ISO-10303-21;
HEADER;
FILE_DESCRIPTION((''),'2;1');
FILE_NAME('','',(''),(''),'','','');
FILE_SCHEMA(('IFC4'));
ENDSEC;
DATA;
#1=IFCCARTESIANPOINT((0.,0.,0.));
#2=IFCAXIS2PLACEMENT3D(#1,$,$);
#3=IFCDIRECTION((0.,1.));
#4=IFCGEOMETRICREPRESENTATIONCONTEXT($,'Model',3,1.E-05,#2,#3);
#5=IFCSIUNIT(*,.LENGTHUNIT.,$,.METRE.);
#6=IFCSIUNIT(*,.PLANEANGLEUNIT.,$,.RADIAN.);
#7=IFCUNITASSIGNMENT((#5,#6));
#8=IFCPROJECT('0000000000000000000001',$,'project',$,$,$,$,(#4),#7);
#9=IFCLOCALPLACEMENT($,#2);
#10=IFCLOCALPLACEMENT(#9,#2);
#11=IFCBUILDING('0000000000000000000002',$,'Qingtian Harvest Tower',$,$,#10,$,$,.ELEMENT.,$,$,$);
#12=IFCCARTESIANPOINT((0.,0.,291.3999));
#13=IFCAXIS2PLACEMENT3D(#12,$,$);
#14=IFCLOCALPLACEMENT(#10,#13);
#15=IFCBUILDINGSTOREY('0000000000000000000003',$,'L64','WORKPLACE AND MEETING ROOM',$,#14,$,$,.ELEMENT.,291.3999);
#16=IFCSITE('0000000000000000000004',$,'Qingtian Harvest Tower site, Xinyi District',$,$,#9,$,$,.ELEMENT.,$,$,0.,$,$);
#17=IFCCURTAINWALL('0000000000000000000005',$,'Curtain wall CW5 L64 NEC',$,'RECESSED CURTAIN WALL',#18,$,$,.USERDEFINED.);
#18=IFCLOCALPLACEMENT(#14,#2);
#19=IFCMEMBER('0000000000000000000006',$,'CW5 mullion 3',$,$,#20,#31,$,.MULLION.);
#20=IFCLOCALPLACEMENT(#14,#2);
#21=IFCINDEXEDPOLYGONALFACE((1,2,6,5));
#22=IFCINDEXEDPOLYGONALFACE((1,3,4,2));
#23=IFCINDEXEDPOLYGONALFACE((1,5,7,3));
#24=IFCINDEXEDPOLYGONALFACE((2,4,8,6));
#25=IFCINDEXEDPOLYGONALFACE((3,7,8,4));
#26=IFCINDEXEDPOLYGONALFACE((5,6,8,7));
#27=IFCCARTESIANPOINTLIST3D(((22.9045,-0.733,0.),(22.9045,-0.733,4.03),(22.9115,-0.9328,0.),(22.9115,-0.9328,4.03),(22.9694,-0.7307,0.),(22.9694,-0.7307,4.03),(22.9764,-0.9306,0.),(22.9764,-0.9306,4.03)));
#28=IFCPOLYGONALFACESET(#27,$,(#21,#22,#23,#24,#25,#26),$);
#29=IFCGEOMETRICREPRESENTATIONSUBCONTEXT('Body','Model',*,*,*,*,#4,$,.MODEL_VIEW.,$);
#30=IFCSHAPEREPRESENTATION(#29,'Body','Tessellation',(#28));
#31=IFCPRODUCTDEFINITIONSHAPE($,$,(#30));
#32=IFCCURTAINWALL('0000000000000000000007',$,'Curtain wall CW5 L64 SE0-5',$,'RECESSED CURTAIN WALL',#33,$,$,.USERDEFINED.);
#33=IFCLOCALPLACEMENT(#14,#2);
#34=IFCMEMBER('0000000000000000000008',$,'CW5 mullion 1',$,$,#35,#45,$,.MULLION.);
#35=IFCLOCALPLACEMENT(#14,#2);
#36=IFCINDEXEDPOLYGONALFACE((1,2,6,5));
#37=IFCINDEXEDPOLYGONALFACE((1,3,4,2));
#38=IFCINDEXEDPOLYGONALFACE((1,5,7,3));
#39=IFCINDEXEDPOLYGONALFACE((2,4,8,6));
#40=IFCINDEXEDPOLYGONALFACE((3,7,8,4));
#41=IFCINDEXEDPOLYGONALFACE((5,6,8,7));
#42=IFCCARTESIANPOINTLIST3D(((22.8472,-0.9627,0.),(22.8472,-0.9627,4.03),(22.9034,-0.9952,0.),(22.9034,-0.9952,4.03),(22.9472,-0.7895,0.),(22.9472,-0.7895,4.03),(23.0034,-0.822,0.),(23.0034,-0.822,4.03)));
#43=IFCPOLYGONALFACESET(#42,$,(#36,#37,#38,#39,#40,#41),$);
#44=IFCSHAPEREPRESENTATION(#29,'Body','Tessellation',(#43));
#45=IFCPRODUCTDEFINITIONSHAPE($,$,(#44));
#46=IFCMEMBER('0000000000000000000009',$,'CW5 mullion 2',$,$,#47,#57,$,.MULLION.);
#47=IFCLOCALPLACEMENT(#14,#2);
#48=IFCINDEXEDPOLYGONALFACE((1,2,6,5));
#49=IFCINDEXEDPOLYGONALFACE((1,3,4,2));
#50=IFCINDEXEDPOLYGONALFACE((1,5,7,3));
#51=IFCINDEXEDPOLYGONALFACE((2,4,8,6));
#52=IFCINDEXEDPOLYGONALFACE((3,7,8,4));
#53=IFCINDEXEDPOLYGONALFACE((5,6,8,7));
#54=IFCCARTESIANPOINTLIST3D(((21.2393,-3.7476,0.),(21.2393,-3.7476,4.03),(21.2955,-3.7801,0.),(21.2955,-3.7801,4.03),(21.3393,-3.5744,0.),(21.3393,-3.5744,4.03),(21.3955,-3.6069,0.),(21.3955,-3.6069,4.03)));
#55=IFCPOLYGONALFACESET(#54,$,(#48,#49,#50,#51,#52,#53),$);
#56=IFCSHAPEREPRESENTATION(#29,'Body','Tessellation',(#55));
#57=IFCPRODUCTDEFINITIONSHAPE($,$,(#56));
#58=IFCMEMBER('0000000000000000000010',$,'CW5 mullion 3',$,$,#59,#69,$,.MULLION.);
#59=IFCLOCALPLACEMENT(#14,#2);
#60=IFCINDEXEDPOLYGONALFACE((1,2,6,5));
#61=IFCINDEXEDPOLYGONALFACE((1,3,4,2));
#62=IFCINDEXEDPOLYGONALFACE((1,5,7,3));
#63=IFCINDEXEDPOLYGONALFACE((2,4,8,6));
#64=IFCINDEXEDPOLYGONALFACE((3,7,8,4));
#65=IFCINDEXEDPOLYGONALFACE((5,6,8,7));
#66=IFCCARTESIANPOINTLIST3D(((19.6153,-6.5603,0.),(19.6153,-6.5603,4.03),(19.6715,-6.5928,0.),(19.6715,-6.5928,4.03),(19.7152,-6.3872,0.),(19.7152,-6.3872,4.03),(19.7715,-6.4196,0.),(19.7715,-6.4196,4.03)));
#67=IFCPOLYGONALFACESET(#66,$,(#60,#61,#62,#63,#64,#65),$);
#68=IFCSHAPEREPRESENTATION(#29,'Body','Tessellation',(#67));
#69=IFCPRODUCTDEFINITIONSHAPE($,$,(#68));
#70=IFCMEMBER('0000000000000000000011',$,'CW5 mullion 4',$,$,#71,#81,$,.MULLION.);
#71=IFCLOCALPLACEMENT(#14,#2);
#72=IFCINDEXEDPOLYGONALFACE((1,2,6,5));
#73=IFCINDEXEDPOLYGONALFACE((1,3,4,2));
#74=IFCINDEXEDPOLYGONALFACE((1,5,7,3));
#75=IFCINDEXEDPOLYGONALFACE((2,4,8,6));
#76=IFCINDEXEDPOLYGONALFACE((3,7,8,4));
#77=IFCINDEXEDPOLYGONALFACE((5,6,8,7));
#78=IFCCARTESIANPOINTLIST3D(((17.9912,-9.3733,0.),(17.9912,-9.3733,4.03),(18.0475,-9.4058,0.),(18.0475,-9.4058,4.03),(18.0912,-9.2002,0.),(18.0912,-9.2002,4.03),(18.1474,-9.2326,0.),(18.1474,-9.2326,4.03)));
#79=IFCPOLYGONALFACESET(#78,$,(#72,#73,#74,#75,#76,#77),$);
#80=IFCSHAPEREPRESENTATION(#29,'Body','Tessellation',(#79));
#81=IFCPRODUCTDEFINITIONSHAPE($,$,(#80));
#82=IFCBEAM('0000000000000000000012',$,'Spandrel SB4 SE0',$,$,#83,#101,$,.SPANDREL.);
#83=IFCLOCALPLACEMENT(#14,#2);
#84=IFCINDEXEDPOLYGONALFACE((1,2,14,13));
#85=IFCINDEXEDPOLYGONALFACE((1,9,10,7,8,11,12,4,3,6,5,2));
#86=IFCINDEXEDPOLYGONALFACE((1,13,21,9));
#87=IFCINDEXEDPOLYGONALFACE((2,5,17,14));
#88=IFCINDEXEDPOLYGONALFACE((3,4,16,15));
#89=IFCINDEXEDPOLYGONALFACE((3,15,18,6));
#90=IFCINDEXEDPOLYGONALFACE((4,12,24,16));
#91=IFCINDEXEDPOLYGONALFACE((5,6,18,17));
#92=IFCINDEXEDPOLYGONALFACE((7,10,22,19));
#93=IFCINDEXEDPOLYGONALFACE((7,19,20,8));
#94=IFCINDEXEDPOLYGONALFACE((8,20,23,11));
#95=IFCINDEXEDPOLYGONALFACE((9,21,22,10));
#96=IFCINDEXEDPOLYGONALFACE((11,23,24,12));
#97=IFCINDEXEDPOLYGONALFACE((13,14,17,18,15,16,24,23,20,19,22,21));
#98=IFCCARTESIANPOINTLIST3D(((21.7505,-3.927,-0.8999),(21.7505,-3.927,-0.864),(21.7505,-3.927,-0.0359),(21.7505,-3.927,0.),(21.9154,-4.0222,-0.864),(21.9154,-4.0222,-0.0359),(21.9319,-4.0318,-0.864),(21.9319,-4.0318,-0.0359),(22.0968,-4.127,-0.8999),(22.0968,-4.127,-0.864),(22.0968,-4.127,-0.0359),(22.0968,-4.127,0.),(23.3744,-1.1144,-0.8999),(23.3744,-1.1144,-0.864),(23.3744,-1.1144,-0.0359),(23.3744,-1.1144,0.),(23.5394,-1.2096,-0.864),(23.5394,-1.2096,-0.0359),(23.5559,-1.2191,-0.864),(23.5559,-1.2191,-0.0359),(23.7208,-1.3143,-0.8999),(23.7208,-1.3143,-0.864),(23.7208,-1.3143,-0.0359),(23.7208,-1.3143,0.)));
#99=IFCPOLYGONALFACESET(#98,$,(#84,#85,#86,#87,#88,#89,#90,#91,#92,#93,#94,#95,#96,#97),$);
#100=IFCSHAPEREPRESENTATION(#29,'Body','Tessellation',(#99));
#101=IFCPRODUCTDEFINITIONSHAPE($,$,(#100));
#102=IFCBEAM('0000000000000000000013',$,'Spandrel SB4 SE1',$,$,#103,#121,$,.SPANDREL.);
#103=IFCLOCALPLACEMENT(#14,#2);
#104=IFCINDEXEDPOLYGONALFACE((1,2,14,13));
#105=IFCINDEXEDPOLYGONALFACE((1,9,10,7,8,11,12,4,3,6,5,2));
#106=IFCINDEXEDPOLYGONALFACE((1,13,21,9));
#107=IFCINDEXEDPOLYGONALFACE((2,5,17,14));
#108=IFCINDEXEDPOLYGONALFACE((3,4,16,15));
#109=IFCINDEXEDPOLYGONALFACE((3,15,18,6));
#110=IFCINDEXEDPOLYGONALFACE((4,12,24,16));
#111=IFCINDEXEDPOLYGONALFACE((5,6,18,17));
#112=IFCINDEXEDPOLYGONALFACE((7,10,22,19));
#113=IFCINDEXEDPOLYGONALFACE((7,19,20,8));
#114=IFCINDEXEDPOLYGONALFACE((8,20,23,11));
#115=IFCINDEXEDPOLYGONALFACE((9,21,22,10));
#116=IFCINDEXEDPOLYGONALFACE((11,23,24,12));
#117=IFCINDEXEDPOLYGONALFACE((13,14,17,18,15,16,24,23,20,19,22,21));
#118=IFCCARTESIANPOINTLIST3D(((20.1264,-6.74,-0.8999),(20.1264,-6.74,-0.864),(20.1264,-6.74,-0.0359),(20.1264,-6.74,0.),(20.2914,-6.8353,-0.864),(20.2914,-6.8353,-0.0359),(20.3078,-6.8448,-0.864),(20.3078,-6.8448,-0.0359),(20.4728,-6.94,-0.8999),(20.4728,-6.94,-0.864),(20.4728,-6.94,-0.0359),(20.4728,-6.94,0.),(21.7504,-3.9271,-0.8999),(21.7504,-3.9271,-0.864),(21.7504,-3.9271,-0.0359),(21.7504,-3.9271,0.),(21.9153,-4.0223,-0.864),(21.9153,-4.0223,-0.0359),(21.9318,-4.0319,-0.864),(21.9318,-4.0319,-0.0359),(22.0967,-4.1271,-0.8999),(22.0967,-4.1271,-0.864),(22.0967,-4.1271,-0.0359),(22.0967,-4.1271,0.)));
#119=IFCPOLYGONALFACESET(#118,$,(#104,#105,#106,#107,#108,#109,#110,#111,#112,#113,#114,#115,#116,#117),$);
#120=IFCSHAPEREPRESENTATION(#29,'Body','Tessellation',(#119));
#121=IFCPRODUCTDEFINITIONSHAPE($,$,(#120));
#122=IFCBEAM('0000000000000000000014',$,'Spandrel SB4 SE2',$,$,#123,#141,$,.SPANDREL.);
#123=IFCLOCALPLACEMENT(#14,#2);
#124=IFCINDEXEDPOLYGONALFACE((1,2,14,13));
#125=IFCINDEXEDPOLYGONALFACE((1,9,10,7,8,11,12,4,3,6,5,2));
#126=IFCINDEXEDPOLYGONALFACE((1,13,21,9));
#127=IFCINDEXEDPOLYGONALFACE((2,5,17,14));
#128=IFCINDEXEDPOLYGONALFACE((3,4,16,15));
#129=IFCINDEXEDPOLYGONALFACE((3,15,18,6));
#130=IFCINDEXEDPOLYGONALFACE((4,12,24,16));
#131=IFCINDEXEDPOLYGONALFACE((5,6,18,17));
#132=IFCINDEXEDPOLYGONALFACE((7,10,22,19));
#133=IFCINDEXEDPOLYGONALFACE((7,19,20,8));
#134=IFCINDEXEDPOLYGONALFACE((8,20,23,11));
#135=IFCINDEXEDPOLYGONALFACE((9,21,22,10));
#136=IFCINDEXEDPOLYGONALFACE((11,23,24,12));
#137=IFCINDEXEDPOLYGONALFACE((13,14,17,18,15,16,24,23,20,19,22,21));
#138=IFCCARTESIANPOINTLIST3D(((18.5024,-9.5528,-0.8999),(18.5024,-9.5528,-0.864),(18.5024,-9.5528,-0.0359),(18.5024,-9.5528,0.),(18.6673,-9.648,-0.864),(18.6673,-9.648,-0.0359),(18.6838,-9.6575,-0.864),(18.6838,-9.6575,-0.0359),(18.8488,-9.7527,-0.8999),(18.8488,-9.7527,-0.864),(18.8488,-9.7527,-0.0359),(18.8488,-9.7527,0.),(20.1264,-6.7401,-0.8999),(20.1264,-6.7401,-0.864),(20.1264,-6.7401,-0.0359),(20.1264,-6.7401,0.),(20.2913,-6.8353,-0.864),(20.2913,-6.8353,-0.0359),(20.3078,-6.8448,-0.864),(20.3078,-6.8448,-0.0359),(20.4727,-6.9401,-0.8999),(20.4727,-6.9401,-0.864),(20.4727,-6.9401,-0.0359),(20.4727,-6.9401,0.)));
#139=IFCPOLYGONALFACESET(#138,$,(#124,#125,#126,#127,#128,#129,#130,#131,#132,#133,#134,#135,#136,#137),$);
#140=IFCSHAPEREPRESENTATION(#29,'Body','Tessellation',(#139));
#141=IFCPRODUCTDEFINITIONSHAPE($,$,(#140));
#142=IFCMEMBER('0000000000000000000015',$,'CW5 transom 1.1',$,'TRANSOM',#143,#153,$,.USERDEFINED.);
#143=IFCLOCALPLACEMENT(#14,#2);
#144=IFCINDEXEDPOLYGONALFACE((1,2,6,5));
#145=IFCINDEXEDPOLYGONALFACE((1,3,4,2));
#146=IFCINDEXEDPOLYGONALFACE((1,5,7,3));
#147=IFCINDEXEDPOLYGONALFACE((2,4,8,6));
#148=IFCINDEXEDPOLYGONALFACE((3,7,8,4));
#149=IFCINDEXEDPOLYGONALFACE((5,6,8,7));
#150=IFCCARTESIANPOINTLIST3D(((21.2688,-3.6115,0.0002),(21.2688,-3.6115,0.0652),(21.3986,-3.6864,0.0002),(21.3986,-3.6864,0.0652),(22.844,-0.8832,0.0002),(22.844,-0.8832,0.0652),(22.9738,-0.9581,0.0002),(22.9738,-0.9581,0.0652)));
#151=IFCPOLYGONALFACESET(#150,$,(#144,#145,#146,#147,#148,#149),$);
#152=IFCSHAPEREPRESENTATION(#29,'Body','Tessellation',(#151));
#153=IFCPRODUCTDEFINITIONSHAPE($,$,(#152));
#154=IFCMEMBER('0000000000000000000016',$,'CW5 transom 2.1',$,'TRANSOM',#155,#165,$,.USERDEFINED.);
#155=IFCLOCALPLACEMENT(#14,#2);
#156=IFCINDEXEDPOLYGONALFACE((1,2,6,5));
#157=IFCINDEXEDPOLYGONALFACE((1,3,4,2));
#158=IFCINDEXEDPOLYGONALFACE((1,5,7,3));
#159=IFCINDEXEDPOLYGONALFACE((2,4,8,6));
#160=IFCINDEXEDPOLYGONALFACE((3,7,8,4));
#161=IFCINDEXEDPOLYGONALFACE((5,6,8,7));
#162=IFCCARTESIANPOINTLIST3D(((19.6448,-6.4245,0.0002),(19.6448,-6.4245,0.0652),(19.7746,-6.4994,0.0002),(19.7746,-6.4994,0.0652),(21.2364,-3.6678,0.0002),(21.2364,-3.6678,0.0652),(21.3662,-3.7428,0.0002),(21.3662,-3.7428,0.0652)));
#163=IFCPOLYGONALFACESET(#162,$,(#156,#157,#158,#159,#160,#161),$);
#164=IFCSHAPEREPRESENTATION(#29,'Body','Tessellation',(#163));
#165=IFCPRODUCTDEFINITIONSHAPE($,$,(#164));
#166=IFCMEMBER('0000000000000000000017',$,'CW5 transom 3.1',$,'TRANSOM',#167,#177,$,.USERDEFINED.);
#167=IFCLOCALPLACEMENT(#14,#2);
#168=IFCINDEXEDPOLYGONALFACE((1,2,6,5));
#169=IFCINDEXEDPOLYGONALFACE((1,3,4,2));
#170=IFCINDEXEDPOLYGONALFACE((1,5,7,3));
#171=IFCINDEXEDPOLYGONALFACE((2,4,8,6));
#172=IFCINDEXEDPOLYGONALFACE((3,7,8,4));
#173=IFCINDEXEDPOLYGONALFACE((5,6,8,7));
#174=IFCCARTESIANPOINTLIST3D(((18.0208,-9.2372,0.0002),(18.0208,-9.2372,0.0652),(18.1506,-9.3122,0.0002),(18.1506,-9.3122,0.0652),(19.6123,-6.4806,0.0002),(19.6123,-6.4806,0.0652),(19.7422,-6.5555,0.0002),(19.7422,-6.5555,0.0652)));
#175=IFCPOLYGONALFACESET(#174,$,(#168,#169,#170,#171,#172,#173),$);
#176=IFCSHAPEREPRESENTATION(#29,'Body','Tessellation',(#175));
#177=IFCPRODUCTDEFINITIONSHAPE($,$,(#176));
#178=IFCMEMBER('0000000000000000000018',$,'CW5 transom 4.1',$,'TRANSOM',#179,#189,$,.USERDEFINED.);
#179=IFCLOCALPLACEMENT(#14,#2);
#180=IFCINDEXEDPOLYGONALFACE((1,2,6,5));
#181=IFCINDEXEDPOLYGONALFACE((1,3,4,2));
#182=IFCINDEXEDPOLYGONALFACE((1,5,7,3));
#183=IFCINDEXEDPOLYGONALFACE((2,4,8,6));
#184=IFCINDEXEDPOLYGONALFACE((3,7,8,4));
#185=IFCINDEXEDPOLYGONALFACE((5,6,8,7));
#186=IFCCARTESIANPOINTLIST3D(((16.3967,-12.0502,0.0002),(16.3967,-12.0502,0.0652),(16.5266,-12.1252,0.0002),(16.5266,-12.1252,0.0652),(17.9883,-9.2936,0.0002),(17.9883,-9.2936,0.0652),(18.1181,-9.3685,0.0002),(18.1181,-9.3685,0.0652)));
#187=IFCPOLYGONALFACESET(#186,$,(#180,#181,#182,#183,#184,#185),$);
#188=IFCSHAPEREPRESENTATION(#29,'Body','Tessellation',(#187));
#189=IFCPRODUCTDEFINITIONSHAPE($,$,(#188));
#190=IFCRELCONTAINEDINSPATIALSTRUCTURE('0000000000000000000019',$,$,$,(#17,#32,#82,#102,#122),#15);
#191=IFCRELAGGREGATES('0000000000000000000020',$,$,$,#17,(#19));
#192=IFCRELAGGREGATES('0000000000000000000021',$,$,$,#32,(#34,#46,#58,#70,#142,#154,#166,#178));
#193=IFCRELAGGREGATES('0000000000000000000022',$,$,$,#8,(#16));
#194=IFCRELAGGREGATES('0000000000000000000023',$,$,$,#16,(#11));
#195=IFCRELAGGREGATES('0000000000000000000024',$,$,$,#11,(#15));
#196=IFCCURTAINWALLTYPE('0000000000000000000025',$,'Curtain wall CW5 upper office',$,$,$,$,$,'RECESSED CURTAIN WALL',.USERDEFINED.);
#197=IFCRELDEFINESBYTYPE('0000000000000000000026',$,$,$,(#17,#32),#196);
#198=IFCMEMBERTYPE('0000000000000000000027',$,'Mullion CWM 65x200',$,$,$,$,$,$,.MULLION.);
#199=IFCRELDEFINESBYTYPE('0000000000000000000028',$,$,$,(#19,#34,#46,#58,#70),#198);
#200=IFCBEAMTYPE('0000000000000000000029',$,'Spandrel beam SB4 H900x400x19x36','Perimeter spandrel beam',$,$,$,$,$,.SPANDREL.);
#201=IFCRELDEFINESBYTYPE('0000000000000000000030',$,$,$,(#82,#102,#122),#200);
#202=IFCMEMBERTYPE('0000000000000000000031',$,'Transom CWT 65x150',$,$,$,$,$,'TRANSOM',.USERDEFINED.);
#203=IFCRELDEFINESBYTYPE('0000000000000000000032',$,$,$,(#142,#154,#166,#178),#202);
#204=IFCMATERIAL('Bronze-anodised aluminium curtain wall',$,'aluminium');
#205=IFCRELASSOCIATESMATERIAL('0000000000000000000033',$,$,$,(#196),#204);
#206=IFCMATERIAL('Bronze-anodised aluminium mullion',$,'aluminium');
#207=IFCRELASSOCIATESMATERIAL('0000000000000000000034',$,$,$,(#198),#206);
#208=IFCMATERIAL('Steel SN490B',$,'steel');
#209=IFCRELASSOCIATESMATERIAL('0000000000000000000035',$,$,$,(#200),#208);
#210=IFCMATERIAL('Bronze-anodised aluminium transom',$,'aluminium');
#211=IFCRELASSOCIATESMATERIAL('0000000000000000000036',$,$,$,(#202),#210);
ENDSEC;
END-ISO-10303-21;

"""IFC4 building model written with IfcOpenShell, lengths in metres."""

from ifc_helpers import new_model, si_unit, direction, frame, origin, origin_2d, place, context, subcontext, project, spatial, rectangle, i_section, extrude, material, material_profile, profile_set, type_object, element, aggregate, save


model = new_model("IFC4")

# Units and contexts
model_context = context("Model", 3, precision=1e-05, world=origin(), true_north=direction((0.0, 1.0)))
body_context = subcontext(model_context, "Body", "Model", "MODEL_VIEW")
ifc_project = project(units=[si_unit("LENGTHUNIT", "METRE"), si_unit("PLANEANGLEUNIT", "RADIAN")], contexts=[model_context])

# Site, building, storey
site_placement = place(None, origin())
site = spatial("IfcSite", under=ifc_project, at=site_placement, Name="Qingtian Harvest Tower site, Xinyi District", CompositionType="ELEMENT", RefElevation=0.0)
building_placement = place(site_placement, origin())
building = spatial("IfcBuilding", under=site, at=building_placement, Name="Qingtian Harvest Tower", CompositionType="ELEMENT")
storey_placement = place(building_placement, frame((0.0, 0.0, 291.3999)))
storey = spatial("IfcBuildingStorey", under=building, at=storey_placement, Name="L64", Description="WORKPLACE AND MEETING ROOM", CompositionType="ELEMENT", Elevation=291.3999)

# Curtain wall, member
ifc_material_1 = material(Name="Bronze-anodised aluminium curtain wall", Category="aluminium")
curtain_wall_type = type_object("IfcCurtainWallType", Name="Curtain wall CW5 upper office", ElementType="RECESSED CURTAIN WALL", PredefinedType="USERDEFINED", material=ifc_material_1)
curtain_wall_1_placement = place(storey_placement, origin())
curtain_wall_1 = element("IfcCurtainWall", 1, at=curtain_wall_1_placement, inside=storey, type_object=curtain_wall_type, Name="Curtain wall CW5 L64 NEC", ObjectType="RECESSED CURTAIN WALL", PredefinedType="USERDEFINED")
ifc_material_2 = material(Name="Bronze-anodised aluminium mullion", Category="aluminium")
ifc_material_profile_1 = material_profile(ifc_material_2, rectangle(XDim=0.0649, YDim=0.2, at=origin_2d()), Name="AL 65x200")
ifc_profile_set_1 = profile_set([ifc_material_profile_1], Name="Bronze-anodised aluminium mullion")
member_type_1 = type_object("IfcMemberType", Name="Mullion CWM 65x200", PredefinedType="MULLION", material=ifc_profile_set_1)
member_1_placement = place(storey_placement, frame((22.9404, -0.8318, 0.0), z_axis=(0.0, 0.0, 1.0), x_axis=(0.999391, 0.034899, 0.0)))
member_1 = element("IfcMember", 2, at=member_1_placement, type_object=member_type_1, Name="CW5 mullion 3", PredefinedType="MULLION", context=body_context, shape_type="SweptSolid", body=[
    extrude(rectangle(XDim=0.0649, YDim=0.2, at=origin_2d()), origin(), (0.0, 0.0, 1.0), 4.03),
])

# Curtain wall, members
curtain_wall_2_placement = place(storey_placement, origin())
curtain_wall_2 = element("IfcCurtainWall", 3, at=curtain_wall_2_placement, inside=storey, type_object=curtain_wall_type, Name="Curtain wall CW5 L64 SE0-5", ObjectType="RECESSED CURTAIN WALL", PredefinedType="USERDEFINED")
member_2_placement = place(storey_placement, frame((22.9253, -0.8923, 0.0), z_axis=(0.0, 0.0, 1.0), x_axis=(0.866025, -0.5, 0.0)))
member_2 = element("IfcMember", 4, at=member_2_placement, type_object=member_type_1, Name="CW5 mullion 1", PredefinedType="MULLION", context=body_context, shape_type="SweptSolid", body=[
    extrude(rectangle(XDim=0.0649, YDim=0.2, at=origin_2d()), origin(), (0.0, 0.0, 1.0), 4.03),
])
member_3_placement = place(storey_placement, frame((21.3174, -3.6772, 0.0), z_axis=(0.0, 0.0, 1.0), x_axis=(0.866025, -0.5, 0.0)))
member_3 = element("IfcMember", 5, at=member_3_placement, type_object=member_type_1, Name="CW5 mullion 2", PredefinedType="MULLION", context=body_context, shape_type="SweptSolid", body=[
    extrude(rectangle(XDim=0.0649, YDim=0.2, at=origin_2d()), origin(), (0.0, 0.0, 1.0), 4.03),
])
member_4_placement = place(storey_placement, frame((19.6934, -6.49, 0.0), z_axis=(0.0, 0.0, 1.0), x_axis=(0.866025, -0.5, 0.0)))
member_4 = element("IfcMember", 6, at=member_4_placement, type_object=member_type_1, Name="CW5 mullion 3", PredefinedType="MULLION", context=body_context, shape_type="SweptSolid", body=[
    extrude(rectangle(XDim=0.0649, YDim=0.2, at=origin_2d()), origin(), (0.0, 0.0, 1.0), 4.03),
])
member_5_placement = place(storey_placement, frame((18.0693, -9.303, 0.0), z_axis=(0.0, 0.0, 1.0), x_axis=(0.866025, -0.5, 0.0)))
member_5 = element("IfcMember", 7, at=member_5_placement, type_object=member_type_1, Name="CW5 mullion 4", PredefinedType="MULLION", context=body_context, shape_type="SweptSolid", body=[
    extrude(rectangle(XDim=0.0649, YDim=0.2, at=origin_2d()), origin(), (0.0, 0.0, 1.0), 4.03),
])

# Beams
ifc_material_3 = material(Name="Steel SN490B", Category="steel")
ifc_material_profile_2 = material_profile(ifc_material_3, i_section(OverallWidth=0.3999, OverallDepth=0.8999, WebThickness=0.019, FlangeThickness=0.0359, at=origin_2d()), Name="H900x400x19x36")
ifc_profile_set_2 = profile_set([ifc_material_profile_2], Name="Steel SN490B")
beam_type_1 = type_object("IfcBeamType", Name="Spandrel beam SB4 H900x400x19x36", Description="Perimeter spandrel beam", PredefinedType="SPANDREL", material=ifc_profile_set_2)
beam_1_placement = place(storey_placement, frame((23.5476, -1.2144, -0.45), z_axis=(-0.50002, -0.866014, 0.0), x_axis=(0.866014, -0.50002, 0.0)))
element("IfcBeam", 8, at=beam_1_placement, inside=storey, type_object=beam_type_1, Name="Spandrel SB4 SE0", PredefinedType="SPANDREL", context=body_context, shape_type="SweptSolid", body=[
    extrude(i_section(OverallWidth=0.3999, OverallDepth=0.8999, WebThickness=0.019, FlangeThickness=0.0359, at=origin_2d()), origin(), (0.0, 0.0, 1.0), 3.2478),
])
beam_2_placement = place(storey_placement, frame((21.9236, -4.0271, -0.45), z_axis=(-0.499987, -0.866033, 0.0), x_axis=(0.866033, -0.499987, 0.0)))
element("IfcBeam", 9, at=beam_2_placement, inside=storey, type_object=beam_type_1, Name="Spandrel SB4 SE1", PredefinedType="SPANDREL", context=body_context, shape_type="SweptSolid", body=[
    extrude(i_section(OverallWidth=0.3999, OverallDepth=0.8999, WebThickness=0.019, FlangeThickness=0.0359, at=origin_2d()), origin(), (0.0, 0.0, 1.0), 3.248),
])
beam_3_placement = place(storey_placement, frame((20.2996, -6.8401, -0.45), z_axis=(-0.50002, -0.866014, 0.0), x_axis=(0.866014, -0.50002, 0.0)))
element("IfcBeam", 10, at=beam_3_placement, inside=storey, type_object=beam_type_1, Name="Spandrel SB4 SE2", PredefinedType="SPANDREL", context=body_context, shape_type="SweptSolid", body=[
    extrude(i_section(OverallWidth=0.3999, OverallDepth=0.8999, WebThickness=0.019, FlangeThickness=0.0359, at=origin_2d()), origin(), (0.0, 0.0, 1.0), 3.2478),
])

# Members
ifc_material_4 = material(Name="Bronze-anodised aluminium transom", Category="aluminium")
ifc_material_profile_3 = material_profile(ifc_material_4, rectangle(XDim=0.1499, YDim=0.0649, at=origin_2d()), Name="AL 65x150")
ifc_profile_set_3 = profile_set([ifc_material_profile_3], Name="Bronze-anodised aluminium transom")
member_type_2 = type_object("IfcMemberType", Name="Transom CWT 65x150", ElementType="TRANSOM", PredefinedType="USERDEFINED", material=ifc_profile_set_3)
member_6_placement = place(storey_placement, frame((22.9089, -0.9207, 0.0327), z_axis=(-0.500006, -0.866022, 0.0), x_axis=(0.866022, -0.500006, 0.0)))
member_6 = element("IfcMember", 11, at=member_6_placement, type_object=member_type_2, Name="CW5 transom 1.1", ObjectType="TRANSOM", PredefinedType="USERDEFINED", context=body_context, shape_type="SweptSolid", body=[
    extrude(rectangle(XDim=0.1499, YDim=0.0649, at=origin_2d()), origin(), (0.0, 0.0, 1.0), 3.1504),
])
member_7_placement = place(storey_placement, frame((21.3013, -3.7053, 0.0327), z_axis=(-0.500008, -0.866021, 0.0), x_axis=(0.866021, -0.500008, 0.0)))
member_7 = element("IfcMember", 12, at=member_7_placement, type_object=member_type_2, Name="CW5 transom 2.1", ObjectType="TRANSOM", PredefinedType="USERDEFINED", context=body_context, shape_type="SweptSolid", body=[
    extrude(rectangle(XDim=0.1499, YDim=0.0649, at=origin_2d()), origin(), (0.0, 0.0, 1.0), 3.1831),
])
member_8_placement = place(storey_placement, frame((19.6772, -6.5181, 0.0327), z_axis=(-0.500008, -0.866021, 0.0), x_axis=(0.866021, -0.500008, 0.0)))
member_8 = element("IfcMember", 13, at=member_8_placement, type_object=member_type_2, Name="CW5 transom 3.1", ObjectType="TRANSOM", PredefinedType="USERDEFINED", context=body_context, shape_type="SweptSolid", body=[
    extrude(rectangle(XDim=0.1499, YDim=0.0649, at=origin_2d()), origin(), (0.0, 0.0, 1.0), 3.1831),
])
member_9_placement = place(storey_placement, frame((18.0532, -9.3311, 0.0327), z_axis=(-0.500008, -0.866021, 0.0), x_axis=(0.866021, -0.500008, 0.0)))
member_9 = element("IfcMember", 14, at=member_9_placement, type_object=member_type_2, Name="CW5 transom 4.1", ObjectType="TRANSOM", PredefinedType="USERDEFINED", context=body_context, shape_type="SweptSolid", body=[
    extrude(rectangle(XDim=0.1499, YDim=0.0649, at=origin_2d()), origin(), (0.0, 0.0, 1.0), 3.1831),
])

aggregate(curtain_wall_1, [member_1])
aggregate(curtain_wall_2, [member_2, member_3, member_4, member_5, member_6, member_7, member_8, member_9])

save(model, "model.ifc")
